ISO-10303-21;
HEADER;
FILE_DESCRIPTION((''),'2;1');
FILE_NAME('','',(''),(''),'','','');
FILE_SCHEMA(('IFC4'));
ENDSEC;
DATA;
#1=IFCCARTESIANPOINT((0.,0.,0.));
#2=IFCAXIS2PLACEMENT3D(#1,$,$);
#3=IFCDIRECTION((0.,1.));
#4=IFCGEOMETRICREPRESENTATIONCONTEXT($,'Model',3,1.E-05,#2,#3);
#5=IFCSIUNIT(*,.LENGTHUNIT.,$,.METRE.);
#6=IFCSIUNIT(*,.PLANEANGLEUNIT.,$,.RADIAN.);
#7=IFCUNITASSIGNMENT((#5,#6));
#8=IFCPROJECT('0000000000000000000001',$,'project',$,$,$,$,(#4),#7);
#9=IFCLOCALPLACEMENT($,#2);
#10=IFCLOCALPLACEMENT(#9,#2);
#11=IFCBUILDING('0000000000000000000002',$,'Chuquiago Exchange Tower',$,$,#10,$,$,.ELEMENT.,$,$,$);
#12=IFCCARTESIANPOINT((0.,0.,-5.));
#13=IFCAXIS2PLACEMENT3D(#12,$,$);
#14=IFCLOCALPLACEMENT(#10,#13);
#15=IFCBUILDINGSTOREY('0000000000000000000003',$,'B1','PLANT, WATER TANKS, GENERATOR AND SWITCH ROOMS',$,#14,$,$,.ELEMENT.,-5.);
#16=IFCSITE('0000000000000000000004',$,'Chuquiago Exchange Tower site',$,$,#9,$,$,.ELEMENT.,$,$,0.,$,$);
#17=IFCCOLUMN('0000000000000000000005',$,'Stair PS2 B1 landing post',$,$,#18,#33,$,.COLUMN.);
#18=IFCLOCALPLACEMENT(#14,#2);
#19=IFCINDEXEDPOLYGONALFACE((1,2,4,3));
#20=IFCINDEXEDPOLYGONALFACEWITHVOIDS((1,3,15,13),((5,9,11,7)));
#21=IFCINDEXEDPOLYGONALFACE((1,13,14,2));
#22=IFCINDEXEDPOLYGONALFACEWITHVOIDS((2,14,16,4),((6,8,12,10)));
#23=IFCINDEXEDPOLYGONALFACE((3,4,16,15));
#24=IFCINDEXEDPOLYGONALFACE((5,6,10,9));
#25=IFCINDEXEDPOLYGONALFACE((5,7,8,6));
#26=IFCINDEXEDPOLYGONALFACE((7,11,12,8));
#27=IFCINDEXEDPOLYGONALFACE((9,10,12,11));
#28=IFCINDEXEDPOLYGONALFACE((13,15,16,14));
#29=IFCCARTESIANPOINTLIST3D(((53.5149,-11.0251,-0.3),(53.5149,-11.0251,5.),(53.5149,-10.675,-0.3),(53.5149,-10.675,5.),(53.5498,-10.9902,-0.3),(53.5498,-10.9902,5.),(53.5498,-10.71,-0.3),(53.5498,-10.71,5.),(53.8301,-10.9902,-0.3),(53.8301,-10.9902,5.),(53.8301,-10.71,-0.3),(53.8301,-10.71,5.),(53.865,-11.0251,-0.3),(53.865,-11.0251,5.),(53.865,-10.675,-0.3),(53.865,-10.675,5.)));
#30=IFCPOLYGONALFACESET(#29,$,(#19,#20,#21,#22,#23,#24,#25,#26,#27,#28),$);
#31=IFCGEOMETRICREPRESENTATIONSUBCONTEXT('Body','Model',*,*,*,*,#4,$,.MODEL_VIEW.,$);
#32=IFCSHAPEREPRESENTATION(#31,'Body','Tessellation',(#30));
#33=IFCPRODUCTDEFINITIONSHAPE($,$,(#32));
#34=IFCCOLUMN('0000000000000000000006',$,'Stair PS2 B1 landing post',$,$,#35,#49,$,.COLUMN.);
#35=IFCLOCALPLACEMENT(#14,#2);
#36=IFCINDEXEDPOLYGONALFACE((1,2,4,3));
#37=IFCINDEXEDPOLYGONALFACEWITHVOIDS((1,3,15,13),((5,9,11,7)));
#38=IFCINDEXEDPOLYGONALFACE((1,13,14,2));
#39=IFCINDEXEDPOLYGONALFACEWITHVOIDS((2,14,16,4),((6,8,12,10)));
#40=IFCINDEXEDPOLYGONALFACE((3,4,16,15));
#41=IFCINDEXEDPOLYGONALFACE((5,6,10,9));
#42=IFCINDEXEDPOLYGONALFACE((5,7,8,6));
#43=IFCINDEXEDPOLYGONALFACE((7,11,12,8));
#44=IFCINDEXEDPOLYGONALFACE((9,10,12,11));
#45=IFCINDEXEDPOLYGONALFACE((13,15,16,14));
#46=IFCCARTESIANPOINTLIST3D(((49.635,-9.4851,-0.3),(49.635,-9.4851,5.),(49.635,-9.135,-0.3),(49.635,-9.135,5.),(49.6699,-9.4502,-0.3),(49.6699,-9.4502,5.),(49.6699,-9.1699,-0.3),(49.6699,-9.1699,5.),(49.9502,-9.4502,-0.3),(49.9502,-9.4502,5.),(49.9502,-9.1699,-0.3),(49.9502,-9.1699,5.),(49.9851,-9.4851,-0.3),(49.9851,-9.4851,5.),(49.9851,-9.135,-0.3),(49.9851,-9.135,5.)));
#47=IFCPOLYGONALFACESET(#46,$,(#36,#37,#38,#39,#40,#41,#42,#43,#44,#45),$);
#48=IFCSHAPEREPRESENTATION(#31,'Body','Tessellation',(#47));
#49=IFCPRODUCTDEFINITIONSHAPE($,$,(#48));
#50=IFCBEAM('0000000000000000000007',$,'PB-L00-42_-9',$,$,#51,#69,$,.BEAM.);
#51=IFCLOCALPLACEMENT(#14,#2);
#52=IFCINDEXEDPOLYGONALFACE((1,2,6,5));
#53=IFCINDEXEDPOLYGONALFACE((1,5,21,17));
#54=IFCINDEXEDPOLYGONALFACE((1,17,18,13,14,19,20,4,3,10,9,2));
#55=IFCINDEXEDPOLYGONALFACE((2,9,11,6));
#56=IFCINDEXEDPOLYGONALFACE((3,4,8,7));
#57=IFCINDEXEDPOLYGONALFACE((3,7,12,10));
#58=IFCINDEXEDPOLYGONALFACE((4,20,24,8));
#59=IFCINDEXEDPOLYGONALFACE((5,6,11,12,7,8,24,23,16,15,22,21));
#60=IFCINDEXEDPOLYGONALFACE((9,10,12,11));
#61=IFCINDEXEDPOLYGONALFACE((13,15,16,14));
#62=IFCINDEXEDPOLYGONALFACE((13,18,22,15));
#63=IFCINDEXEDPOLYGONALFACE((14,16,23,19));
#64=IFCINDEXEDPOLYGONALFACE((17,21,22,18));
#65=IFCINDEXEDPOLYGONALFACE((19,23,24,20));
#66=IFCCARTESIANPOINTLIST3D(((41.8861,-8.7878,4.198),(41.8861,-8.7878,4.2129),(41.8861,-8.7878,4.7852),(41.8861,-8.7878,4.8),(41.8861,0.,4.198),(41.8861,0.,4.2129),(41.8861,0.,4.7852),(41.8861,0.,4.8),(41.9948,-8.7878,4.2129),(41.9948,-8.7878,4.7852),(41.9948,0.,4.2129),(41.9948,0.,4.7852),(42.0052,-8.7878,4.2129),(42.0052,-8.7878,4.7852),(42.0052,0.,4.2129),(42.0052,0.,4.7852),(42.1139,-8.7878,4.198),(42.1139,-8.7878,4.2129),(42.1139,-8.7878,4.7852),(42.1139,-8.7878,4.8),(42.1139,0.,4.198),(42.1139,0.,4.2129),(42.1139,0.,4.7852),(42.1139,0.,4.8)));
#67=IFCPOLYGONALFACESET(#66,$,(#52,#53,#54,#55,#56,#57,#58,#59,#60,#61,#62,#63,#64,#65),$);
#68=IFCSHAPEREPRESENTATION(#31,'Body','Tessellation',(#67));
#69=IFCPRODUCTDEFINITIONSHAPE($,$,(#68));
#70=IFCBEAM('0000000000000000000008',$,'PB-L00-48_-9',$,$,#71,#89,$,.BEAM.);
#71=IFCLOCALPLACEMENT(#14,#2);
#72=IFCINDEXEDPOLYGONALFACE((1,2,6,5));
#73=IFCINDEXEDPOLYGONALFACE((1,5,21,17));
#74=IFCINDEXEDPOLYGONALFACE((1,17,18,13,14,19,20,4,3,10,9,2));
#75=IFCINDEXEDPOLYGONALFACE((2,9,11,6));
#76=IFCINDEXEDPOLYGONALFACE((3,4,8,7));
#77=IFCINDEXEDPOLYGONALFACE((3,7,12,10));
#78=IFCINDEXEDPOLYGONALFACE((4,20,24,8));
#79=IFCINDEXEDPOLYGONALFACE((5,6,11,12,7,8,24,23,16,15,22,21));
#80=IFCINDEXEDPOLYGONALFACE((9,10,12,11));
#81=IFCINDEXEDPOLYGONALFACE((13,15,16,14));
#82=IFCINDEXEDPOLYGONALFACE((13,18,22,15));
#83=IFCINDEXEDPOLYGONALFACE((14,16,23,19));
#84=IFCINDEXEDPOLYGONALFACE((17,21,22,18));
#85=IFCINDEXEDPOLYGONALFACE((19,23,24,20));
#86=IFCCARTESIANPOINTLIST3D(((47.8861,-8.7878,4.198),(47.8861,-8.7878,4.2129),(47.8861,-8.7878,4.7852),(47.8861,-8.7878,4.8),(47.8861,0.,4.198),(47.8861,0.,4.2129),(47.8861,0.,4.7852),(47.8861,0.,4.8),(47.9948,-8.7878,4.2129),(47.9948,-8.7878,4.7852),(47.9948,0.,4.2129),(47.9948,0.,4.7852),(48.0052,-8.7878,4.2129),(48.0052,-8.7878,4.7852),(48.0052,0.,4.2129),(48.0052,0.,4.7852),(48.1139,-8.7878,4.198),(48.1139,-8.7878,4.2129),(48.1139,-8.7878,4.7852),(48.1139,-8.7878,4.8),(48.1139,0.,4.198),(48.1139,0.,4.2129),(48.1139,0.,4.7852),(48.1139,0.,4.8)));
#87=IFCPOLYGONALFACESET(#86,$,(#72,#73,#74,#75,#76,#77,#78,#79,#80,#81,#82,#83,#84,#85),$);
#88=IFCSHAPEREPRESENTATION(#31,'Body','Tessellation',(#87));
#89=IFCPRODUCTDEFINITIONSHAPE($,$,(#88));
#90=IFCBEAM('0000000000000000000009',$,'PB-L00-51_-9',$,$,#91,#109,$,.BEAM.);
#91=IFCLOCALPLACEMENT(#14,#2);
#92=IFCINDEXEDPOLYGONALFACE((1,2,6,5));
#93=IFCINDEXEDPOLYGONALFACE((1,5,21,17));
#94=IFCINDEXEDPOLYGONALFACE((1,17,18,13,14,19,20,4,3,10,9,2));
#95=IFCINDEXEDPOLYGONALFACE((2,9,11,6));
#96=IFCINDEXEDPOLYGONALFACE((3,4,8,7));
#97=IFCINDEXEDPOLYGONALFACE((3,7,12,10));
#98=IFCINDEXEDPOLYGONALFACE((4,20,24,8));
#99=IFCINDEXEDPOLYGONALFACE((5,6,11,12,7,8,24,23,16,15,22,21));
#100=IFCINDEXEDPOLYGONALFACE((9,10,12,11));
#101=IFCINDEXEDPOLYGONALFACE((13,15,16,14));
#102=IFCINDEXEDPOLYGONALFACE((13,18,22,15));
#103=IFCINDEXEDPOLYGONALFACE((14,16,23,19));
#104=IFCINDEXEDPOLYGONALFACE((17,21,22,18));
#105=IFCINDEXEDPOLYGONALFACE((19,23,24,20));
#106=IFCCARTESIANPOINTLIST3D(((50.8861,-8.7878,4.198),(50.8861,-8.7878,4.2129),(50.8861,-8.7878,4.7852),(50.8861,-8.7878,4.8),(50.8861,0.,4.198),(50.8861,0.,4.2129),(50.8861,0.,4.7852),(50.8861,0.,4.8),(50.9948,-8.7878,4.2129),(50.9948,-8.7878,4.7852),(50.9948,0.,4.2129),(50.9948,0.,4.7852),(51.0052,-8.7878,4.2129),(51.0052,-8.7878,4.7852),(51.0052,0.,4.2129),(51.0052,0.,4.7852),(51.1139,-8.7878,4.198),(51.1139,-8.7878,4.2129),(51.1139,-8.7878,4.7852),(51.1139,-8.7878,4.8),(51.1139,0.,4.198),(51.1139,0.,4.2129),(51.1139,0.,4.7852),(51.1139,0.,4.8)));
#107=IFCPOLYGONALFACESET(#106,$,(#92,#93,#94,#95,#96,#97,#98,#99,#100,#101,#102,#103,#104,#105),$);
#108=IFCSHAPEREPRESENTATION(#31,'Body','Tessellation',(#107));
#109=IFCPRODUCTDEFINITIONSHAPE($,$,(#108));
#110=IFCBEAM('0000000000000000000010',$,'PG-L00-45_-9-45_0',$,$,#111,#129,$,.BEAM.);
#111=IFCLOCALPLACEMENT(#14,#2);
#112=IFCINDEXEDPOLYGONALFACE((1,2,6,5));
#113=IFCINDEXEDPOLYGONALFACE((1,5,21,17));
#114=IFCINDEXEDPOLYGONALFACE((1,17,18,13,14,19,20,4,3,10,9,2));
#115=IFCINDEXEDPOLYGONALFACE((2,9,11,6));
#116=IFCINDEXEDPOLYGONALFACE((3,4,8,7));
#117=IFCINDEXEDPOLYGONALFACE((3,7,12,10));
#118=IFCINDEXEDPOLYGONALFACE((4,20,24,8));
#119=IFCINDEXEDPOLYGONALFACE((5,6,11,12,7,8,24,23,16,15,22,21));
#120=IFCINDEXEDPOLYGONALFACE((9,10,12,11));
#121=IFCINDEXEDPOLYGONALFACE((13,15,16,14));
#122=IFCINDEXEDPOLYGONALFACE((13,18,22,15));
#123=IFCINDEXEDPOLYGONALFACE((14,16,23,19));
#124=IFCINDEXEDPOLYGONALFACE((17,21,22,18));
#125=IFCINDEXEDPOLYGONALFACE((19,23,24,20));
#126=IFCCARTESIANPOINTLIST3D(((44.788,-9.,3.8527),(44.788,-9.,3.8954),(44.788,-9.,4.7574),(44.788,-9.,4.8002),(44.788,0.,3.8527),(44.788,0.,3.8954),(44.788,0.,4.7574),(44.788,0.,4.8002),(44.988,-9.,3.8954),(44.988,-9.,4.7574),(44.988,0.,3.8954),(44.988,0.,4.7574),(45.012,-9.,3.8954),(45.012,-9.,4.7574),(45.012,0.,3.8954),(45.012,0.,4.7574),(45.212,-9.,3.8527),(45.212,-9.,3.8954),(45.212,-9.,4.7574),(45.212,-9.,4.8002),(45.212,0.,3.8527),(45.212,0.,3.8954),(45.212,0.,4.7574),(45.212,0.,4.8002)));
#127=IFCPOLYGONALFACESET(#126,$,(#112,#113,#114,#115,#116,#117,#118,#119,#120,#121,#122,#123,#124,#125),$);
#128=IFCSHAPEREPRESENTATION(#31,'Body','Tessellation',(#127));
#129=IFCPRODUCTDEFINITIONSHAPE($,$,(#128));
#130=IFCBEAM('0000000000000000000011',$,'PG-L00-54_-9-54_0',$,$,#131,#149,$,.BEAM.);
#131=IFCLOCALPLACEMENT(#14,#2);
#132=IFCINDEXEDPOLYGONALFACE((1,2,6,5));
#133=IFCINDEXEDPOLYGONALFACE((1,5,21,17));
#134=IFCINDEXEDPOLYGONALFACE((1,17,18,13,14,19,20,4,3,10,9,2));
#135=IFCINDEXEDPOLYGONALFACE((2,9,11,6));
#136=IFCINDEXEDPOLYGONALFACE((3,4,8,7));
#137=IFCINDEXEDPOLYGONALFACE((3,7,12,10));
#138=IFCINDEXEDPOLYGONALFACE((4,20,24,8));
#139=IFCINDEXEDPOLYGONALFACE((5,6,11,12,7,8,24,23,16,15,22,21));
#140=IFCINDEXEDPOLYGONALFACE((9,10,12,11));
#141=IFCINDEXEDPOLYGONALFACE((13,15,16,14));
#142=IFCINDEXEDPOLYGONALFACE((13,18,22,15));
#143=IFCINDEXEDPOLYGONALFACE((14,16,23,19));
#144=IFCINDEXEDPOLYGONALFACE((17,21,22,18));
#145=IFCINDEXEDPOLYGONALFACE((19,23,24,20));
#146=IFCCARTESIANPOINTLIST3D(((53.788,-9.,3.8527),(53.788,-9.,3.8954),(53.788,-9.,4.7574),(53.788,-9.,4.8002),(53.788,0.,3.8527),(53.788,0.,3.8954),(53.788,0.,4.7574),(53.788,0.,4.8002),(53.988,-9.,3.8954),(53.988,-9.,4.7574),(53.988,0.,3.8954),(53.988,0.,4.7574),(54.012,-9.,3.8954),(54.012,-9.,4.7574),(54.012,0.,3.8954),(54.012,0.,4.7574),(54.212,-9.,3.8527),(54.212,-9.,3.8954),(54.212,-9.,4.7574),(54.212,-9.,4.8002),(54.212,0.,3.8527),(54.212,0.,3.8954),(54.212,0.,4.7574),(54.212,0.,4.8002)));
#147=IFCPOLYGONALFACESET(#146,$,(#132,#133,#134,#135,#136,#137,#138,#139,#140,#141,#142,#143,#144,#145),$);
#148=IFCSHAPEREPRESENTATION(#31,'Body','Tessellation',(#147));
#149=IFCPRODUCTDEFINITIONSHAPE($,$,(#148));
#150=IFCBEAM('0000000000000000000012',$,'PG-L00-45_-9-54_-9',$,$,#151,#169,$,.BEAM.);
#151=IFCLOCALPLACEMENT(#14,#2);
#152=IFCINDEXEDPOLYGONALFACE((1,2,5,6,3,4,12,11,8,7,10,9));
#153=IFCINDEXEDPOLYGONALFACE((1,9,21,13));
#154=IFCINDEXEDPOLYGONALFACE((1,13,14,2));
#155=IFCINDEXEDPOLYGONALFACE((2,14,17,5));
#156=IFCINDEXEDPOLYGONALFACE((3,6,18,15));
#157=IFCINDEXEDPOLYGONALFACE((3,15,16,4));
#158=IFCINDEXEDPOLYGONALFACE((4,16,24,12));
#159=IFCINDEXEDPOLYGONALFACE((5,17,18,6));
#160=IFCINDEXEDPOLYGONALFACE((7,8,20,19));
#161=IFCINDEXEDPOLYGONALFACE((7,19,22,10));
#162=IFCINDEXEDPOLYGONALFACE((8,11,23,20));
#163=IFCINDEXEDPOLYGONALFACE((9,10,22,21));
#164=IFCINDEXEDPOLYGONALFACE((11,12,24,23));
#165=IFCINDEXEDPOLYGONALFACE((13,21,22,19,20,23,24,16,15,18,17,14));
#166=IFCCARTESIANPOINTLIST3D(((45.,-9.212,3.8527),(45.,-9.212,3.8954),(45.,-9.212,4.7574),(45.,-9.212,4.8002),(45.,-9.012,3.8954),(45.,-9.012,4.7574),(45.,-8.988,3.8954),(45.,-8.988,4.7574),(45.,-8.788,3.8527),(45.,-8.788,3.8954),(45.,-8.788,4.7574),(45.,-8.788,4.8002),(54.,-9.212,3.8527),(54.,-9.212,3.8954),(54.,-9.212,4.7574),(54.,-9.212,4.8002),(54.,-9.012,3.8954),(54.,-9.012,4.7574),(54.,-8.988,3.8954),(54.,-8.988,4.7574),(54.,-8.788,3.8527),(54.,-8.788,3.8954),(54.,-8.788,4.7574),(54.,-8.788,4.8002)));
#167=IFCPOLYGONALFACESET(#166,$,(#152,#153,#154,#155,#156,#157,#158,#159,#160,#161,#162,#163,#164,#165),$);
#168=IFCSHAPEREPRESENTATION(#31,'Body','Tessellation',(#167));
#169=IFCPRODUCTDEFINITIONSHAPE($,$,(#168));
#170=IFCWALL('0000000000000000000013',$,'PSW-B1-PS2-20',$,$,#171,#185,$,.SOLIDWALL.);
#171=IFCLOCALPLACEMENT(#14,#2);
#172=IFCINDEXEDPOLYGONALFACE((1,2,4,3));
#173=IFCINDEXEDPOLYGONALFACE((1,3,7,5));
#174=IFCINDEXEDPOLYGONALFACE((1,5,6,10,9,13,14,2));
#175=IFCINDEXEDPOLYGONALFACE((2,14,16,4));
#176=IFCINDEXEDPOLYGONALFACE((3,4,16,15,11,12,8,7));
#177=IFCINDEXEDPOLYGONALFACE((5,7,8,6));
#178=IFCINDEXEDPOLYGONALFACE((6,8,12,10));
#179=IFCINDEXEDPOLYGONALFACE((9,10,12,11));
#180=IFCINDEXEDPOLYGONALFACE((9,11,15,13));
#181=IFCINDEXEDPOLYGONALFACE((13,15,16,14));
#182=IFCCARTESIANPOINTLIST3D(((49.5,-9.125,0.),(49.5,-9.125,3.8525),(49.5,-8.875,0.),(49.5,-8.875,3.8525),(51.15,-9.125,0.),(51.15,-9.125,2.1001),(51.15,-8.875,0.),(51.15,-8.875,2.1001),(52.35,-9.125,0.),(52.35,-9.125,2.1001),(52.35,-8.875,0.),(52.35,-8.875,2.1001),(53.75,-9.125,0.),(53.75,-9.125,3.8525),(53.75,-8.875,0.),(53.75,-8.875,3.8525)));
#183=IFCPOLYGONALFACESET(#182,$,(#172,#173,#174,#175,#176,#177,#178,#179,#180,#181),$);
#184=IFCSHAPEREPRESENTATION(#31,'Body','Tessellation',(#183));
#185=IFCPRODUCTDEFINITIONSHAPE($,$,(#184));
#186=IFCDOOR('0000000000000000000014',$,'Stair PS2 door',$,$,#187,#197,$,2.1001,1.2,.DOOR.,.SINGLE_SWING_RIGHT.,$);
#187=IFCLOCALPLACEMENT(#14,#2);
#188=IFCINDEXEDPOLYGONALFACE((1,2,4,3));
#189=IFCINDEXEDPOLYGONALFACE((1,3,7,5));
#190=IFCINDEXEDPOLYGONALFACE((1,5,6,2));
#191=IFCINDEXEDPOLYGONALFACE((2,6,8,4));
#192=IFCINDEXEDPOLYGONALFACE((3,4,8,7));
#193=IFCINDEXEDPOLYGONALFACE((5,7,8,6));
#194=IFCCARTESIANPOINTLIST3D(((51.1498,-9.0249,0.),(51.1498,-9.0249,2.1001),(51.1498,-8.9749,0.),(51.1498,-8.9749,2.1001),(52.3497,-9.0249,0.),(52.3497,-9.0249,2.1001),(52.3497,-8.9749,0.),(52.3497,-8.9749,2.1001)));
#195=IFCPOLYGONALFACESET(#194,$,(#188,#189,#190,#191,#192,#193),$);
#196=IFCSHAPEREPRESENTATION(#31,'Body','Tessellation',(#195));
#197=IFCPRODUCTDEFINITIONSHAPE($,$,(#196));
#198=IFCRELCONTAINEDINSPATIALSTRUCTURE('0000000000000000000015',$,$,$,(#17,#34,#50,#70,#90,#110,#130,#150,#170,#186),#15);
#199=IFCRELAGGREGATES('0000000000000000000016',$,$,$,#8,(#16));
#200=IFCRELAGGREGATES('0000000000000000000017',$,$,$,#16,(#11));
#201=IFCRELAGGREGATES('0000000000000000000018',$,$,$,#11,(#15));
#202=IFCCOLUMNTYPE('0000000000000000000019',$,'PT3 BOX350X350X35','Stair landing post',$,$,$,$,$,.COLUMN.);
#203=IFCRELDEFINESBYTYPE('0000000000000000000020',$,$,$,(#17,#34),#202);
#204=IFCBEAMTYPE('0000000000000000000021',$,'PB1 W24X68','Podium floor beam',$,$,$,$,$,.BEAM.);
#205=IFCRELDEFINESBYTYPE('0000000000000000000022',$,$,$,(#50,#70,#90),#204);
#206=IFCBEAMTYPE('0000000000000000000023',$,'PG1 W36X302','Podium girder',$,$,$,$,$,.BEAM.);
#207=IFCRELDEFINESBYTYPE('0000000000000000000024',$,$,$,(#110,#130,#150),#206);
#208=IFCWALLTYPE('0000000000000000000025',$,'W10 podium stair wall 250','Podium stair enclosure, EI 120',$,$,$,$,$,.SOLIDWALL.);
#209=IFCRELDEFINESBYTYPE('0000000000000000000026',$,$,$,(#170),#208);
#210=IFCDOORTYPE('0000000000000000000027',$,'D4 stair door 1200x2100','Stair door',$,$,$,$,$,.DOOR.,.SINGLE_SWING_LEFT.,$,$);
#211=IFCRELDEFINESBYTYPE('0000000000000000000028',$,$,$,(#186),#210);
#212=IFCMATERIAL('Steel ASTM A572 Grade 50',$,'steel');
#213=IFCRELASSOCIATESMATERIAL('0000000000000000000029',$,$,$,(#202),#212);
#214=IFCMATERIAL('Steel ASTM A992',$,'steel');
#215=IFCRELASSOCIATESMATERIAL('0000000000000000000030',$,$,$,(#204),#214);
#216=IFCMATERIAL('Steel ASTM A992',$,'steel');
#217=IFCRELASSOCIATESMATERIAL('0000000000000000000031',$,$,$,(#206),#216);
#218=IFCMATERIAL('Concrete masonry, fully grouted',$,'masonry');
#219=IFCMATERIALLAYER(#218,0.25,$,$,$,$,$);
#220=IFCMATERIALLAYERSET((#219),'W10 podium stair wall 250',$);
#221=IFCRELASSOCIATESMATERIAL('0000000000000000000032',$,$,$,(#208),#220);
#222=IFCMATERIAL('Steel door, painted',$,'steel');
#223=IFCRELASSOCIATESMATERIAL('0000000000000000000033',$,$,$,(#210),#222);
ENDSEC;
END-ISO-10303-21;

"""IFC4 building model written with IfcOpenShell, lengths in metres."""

from ifc_helpers import new_model, si_unit, direction, frame, frame_2d, origin, origin_2d, place, context, subcontext, project, spatial, rectangle, hollow_rectangle, i_section, extrude, material, layer, layer_set, material_profile, profile_set, type_object, element, fill, save


model = new_model("IFC4")

# Units and contexts
model_context = context("Model", 3, precision=1e-05, world=origin(), true_north=direction((0.0, 1.0)))
body_context = subcontext(model_context, "Body", "Model", "MODEL_VIEW")
ifc_project = project(units=[si_unit("LENGTHUNIT", "METRE"), si_unit("PLANEANGLEUNIT", "RADIAN")], contexts=[model_context])

# Site, building, storey
site_placement = place(None, origin())
site = spatial("IfcSite", under=ifc_project, at=site_placement, Name="Chuquiago Exchange Tower site", CompositionType="ELEMENT", RefElevation=0.0)
building_placement = place(site_placement, origin())
building = spatial("IfcBuilding", under=site, at=building_placement, Name="Chuquiago Exchange Tower", CompositionType="ELEMENT")
storey_placement = place(building_placement, frame((0.0, 0.0, -5.0)))
storey = spatial("IfcBuildingStorey", under=building, at=storey_placement, Name="B1", Description="PLANT, WATER TANKS, GENERATOR AND SWITCH ROOMS", CompositionType="ELEMENT", Elevation=-5.0)

# Columns
ifc_material_1 = material(Name="Steel ASTM A572 Grade 50", Category="steel")
ifc_material_profile_1 = material_profile(ifc_material_1, hollow_rectangle(XDim=0.3501, YDim=0.3501, WallThickness=0.0349, at=origin_2d()), Name="BOX350X350X35")
ifc_profile_set_1 = profile_set([ifc_material_profile_1], Name="Steel ASTM A572 Grade 50")
column_type_1 = type_object("IfcColumnType", Name="PT3 BOX350X350X35", Description="Stair landing post", PredefinedType="COLUMN", material=ifc_profile_set_1)
for number, where, z_axis, x_axis, name in (
    (1, (53.6899, -10.8501, -0.3), (0.0, 0.0, 1.0), (1.0, 0.0, 0.0), "Stair PS2 B1 landing post"),
    (2, (49.8101, -9.3101, -0.3), (0.0, 0.0, 1.0), (1.0, 0.0, 0.0), "Stair PS2 B1 landing post"),
):
    element("IfcColumn", number, at=place(storey_placement, frame(where, z_axis=z_axis, x_axis=x_axis)), inside=storey, type_object=column_type_1, Name=name, PredefinedType="COLUMN", context=body_context, shape_type="SweptSolid", body=[
        extrude(hollow_rectangle(XDim=0.3501, YDim=0.3501, WallThickness=0.0349, at=origin_2d()), origin(), (0.0, 0.0, 1.0), 5.3),
    ])

# Beams
ifc_material_2 = material(Name="Steel ASTM A992", Category="steel")
ifc_material_profile_2 = material_profile(ifc_material_2, i_section(OverallWidth=0.2278, OverallDepth=0.6021, WebThickness=0.0105, FlangeThickness=0.0149, at=origin_2d()), Name="W24X68")
ifc_profile_set_2 = profile_set([ifc_material_profile_2], Name="Steel ASTM A992")
beam_type_1 = type_object("IfcBeamType", Name="PB1 W24X68", Description="Podium floor beam", PredefinedType="BEAM", material=ifc_profile_set_2)
for number, where, z_axis, x_axis, name in (
    (3, (42.0, -8.7878, 4.499), (0.0, 1.0, 0.0), (-1.0, 0.0, 0.0), "PB-L00-42_-9"),
    (4, (48.0, -8.7878, 4.499), (0.0, 1.0, 0.0), (-1.0, 0.0, 0.0), "PB-L00-48_-9"),
    (5, (51.0, -8.7878, 4.499), (0.0, 1.0, 0.0), (-1.0, 0.0, 0.0), "PB-L00-51_-9"),
):
    element("IfcBeam", number, at=place(storey_placement, frame(where, z_axis=z_axis, x_axis=x_axis)), inside=storey, type_object=beam_type_1, Name=name, PredefinedType="BEAM", context=body_context, shape_type="SweptSolid", body=[
        extrude(i_section(OverallWidth=0.2278, OverallDepth=0.6021, WebThickness=0.0105, FlangeThickness=0.0149, at=origin_2d()), origin(), (0.0, 0.0, 1.0), 8.7878),
    ])
ifc_material_3 = material(Name="Steel ASTM A992", Category="steel")
ifc_material_profile_3 = material_profile(ifc_material_3, i_section(OverallWidth=0.4241, OverallDepth=0.9475, WebThickness=0.0239, FlangeThickness=0.0427, at=origin_2d()), Name="W36X302")
ifc_profile_set_3 = profile_set([ifc_material_profile_3], Name="Steel ASTM A992")
beam_type_2 = type_object("IfcBeamType", Name="PG1 W36X302", Description="Podium girder", PredefinedType="BEAM", material=ifc_profile_set_3)
for number, where, z_axis, x_axis, name in (
    (6, (45.0, -9.0, 4.3264), (0.0, 1.0, 0.0), (-1.0, 0.0, 0.0), "PG-L00-45_-9-45_0"),
    (7, (54.0, -9.0, 4.3264), (0.0, 1.0, 0.0), (-1.0, 0.0, 0.0), "PG-L00-54_-9-54_0"),
    (8, (45.0, -9.0, 4.3264), (1.0, 0.0, 0.0), (0.0, 1.0, 0.0), "PG-L00-45_-9-54_-9"),
):
    element("IfcBeam", number, at=place(storey_placement, frame(where, z_axis=z_axis, x_axis=x_axis)), inside=storey, type_object=beam_type_2, Name=name, PredefinedType="BEAM", context=body_context, shape_type="SweptSolid", body=[
        extrude(i_section(OverallWidth=0.4241, OverallDepth=0.9475, WebThickness=0.0239, FlangeThickness=0.0427, at=origin_2d()), origin(), (0.0, 0.0, 1.0), 9.0),
    ])

# Wall, opening, door
ifc_material_4 = material(Name="Concrete masonry, fully grouted", Category="masonry")
ifc_layer_1 = layer(ifc_material_4, 0.25)
ifc_layer_set_1 = layer_set([ifc_layer_1], Name="W10 podium stair wall 250")
wall_type_1 = type_object("IfcWallType", Name="W10 podium stair wall 250", Description="Podium stair enclosure, EI 120", PredefinedType="SOLIDWALL", material=ifc_layer_set_1)
wall_1_placement = place(storey_placement, frame((49.5, -9.0, 0.0), z_axis=(0.0, 0.0, 1.0), x_axis=(1.0, 0.0, 0.0)))
wall_1 = element("IfcWall", 9, at=wall_1_placement, inside=storey, type_object=wall_type_1, Name="PSW-B1-PS2-20", PredefinedType="SOLIDWALL", context=body_context, shape_type="SweptSolid", body=[
    extrude(rectangle(XDim=4.25, YDim=0.25, at=frame_2d((2.125, 0.0))), origin(), (0.0, 0.0, 1.0), 3.8525),
])
opening_1_placement = place(wall_1_placement, frame((1.6499, 0.0, 0.0)))
opening_1 = element("IfcOpeningElement", 10, at=opening_1_placement, cuts=wall_1, PredefinedType="OPENING", context=body_context, shape_type="SweptSolid", body=[
    extrude(rectangle(XDim=1.2, YDim=2.1001, at=frame_2d((0.6001, 1.05))), frame((0.0, 0.135, 0.0), z_axis=(0.0, -1.0, 0.0), x_axis=(1.0, 0.0, 0.0)), (0.0, 0.0, 1.0), 0.27),
])
ifc_material_5 = material(Name="Steel door, painted", Category="steel")
door_type_1 = type_object("IfcDoorType", Name="D4 stair door 1200x2100", Description="Stair door", OperationType="SINGLE_SWING_LEFT", PredefinedType="DOOR", material=ifc_material_5)
door_1_placement = place(opening_1_placement, frame((1.2, 0.0, 0.0), z_axis=(0.0, 0.0, 1.0), x_axis=(-1.0, 0.0, 0.0)))
door_1 = element("IfcDoor", 11, at=door_1_placement, inside=storey, type_object=door_type_1, Name="Stair PS2 door", OperationType="SINGLE_SWING_RIGHT", OverallHeight=2.1001, OverallWidth=1.2, PredefinedType="DOOR", context=body_context, shape_type="SweptSolid", body=[
    extrude(rectangle(XDim=1.2, YDim=2.1001, at=frame_2d((0.6001, 1.05))), frame((0.0, 0.0249, 0.0), z_axis=(0.0, -1.0, 0.0), x_axis=(1.0, 0.0, 0.0)), (0.0, 0.0, 1.0), 0.05),
])
fill(opening_1, door_1)

save(model, "model.ifc")
